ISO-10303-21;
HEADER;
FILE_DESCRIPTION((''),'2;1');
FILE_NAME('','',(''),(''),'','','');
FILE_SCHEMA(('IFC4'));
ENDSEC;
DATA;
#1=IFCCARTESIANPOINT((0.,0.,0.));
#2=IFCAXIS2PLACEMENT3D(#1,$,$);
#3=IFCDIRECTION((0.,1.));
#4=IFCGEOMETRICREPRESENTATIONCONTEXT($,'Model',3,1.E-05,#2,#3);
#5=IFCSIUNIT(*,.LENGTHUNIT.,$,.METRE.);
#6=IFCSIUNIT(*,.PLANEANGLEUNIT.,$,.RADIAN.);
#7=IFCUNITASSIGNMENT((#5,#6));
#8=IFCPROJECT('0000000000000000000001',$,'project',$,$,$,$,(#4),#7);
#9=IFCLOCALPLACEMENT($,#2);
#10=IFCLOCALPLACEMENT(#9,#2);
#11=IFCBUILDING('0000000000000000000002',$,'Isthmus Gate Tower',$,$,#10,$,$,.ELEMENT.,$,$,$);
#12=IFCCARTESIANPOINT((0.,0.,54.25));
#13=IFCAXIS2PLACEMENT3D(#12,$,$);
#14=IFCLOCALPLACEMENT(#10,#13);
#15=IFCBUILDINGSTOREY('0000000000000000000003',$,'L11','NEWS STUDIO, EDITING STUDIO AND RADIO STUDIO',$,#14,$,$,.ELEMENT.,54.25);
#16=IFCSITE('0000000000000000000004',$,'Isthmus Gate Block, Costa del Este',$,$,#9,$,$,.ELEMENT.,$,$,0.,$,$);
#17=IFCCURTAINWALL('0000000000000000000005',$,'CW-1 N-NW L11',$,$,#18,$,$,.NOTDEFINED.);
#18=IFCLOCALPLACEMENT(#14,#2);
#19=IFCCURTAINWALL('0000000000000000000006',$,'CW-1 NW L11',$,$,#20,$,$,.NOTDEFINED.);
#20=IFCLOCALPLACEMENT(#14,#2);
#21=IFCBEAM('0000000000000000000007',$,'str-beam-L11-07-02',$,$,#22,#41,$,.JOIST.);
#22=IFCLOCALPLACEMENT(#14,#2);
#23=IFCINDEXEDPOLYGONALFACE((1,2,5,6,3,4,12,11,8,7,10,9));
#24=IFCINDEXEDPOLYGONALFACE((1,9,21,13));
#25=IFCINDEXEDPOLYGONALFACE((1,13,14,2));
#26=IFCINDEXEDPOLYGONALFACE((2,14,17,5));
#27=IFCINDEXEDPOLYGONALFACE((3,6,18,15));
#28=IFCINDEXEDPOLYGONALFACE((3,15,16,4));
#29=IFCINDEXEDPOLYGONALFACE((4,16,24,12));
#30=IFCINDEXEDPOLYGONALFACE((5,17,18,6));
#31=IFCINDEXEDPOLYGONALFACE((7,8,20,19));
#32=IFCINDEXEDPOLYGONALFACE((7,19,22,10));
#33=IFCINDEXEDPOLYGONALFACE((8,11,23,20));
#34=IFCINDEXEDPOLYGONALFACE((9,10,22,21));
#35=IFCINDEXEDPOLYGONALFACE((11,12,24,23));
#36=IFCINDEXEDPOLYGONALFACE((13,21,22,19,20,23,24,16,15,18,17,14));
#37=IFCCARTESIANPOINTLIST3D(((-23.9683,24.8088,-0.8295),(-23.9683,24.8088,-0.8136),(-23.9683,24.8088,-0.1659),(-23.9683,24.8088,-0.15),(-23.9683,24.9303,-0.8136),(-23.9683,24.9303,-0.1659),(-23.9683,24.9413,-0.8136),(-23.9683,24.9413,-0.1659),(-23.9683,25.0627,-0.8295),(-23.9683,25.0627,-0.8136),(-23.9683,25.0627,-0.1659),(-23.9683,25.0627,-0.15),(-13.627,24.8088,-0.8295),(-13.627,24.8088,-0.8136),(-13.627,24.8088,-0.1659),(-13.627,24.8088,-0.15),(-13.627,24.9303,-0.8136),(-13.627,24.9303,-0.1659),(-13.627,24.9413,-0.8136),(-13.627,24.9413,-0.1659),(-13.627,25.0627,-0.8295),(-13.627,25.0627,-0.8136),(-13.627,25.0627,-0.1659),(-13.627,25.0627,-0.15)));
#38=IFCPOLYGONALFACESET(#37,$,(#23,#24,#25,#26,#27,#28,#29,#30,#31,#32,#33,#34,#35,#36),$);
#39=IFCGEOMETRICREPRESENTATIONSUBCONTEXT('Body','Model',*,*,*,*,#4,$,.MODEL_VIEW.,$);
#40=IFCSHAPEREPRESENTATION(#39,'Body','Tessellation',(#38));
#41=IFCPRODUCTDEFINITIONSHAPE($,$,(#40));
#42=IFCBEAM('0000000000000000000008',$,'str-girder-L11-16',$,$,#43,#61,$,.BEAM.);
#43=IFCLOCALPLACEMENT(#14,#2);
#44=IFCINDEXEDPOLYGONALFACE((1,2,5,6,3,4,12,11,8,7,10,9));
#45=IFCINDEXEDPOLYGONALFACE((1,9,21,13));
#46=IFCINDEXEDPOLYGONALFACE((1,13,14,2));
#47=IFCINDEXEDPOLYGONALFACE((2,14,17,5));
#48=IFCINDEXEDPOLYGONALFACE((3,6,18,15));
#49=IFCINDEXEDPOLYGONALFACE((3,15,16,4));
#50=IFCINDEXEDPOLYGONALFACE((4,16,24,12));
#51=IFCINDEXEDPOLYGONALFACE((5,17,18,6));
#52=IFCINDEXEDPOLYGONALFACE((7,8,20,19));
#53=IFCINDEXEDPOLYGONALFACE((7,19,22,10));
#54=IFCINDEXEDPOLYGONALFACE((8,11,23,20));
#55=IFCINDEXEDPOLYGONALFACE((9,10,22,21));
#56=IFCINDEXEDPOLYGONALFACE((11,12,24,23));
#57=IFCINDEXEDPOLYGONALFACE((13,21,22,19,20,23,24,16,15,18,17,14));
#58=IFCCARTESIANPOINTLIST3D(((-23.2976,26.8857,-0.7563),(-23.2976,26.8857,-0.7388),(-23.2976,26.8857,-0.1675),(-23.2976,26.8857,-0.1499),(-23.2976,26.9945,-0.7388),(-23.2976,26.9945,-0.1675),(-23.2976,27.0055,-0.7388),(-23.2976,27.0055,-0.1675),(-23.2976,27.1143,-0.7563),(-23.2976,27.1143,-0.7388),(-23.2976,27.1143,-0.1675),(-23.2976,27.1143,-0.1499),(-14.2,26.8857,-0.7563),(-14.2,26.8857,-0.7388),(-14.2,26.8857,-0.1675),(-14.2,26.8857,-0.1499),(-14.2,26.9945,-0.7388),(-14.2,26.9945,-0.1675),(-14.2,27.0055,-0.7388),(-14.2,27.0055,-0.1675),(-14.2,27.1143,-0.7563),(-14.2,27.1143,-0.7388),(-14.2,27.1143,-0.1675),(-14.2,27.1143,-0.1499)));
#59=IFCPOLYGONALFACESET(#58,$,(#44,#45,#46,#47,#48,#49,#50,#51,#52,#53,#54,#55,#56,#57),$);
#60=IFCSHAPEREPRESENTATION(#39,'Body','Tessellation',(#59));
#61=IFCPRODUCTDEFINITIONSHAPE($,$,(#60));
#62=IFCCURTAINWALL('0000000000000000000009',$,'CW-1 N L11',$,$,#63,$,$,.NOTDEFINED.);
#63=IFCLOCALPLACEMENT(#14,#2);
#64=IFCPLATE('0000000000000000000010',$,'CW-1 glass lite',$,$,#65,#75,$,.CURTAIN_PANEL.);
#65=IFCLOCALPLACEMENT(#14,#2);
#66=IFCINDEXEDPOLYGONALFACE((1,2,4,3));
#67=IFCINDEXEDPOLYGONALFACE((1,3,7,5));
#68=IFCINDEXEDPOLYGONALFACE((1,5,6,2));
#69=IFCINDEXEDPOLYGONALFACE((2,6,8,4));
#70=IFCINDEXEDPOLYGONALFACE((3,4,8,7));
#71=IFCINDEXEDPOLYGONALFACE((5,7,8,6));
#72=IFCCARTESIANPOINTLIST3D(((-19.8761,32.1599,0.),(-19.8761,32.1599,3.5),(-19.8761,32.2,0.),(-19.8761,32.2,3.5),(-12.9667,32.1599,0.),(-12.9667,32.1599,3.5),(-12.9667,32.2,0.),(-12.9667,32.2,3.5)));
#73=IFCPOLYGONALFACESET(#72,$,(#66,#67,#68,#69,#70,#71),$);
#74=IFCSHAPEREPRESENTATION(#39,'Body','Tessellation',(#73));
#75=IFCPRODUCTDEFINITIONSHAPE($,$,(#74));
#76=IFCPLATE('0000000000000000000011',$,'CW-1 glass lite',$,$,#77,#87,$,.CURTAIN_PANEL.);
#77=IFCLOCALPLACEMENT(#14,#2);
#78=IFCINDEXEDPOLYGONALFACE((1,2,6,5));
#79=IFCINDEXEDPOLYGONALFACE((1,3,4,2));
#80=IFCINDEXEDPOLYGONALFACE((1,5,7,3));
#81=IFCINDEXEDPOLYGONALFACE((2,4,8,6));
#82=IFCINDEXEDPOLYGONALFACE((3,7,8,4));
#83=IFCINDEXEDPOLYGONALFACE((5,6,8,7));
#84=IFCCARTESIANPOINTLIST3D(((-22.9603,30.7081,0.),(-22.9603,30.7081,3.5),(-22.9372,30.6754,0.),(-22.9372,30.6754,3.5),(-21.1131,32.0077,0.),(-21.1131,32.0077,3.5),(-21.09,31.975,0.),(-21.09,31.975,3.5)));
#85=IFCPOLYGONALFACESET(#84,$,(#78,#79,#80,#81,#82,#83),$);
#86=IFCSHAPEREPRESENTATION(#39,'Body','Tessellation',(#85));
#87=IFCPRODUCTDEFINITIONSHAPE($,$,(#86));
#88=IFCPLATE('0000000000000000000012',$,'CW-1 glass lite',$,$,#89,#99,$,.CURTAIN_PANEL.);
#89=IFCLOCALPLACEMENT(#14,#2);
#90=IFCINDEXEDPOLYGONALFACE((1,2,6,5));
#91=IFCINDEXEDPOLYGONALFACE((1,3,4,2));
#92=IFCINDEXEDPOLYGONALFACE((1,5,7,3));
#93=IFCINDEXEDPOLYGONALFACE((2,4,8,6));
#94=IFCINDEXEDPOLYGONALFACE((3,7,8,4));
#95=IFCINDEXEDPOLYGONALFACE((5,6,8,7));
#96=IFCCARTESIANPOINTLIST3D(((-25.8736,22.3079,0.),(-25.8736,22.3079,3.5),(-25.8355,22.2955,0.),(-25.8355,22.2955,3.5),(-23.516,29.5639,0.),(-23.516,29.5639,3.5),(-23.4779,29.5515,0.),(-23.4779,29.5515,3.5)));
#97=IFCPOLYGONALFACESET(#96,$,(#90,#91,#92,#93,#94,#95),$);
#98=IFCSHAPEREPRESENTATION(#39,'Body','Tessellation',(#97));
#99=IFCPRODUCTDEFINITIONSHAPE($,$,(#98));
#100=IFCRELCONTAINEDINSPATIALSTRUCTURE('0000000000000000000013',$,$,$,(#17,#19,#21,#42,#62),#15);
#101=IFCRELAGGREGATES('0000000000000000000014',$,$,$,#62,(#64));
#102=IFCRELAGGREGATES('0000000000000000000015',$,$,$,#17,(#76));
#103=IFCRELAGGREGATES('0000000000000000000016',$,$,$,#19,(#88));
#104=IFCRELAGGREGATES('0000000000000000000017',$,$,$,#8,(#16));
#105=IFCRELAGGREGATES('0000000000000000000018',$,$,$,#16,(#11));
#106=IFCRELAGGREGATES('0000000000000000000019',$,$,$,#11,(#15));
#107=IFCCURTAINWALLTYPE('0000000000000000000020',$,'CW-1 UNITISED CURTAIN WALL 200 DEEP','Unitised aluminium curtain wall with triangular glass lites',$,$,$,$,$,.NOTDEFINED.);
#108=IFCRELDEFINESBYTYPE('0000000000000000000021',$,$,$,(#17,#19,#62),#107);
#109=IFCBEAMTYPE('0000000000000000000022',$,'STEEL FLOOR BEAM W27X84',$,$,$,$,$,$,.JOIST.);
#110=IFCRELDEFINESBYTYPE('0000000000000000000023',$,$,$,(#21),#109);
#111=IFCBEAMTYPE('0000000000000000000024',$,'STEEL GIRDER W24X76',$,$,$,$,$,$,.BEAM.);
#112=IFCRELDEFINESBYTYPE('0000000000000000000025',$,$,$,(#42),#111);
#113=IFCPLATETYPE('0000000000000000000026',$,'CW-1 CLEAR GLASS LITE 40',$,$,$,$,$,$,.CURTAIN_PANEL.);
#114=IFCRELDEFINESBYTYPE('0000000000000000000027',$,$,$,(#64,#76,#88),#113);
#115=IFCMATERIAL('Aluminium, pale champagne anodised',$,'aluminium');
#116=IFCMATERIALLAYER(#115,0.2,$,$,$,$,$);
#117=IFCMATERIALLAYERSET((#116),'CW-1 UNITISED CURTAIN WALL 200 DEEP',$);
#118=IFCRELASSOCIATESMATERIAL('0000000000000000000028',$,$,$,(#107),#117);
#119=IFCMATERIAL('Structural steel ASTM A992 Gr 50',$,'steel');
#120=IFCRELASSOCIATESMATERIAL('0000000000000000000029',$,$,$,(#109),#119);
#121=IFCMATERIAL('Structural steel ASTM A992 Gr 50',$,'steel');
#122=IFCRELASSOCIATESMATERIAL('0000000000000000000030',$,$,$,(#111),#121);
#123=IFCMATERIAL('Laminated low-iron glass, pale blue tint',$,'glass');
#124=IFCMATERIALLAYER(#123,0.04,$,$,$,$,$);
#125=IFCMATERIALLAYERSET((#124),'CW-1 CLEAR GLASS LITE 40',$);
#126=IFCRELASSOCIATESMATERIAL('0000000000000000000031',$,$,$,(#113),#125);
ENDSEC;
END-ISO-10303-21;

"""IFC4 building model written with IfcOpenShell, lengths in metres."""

from ifc_helpers import new_model, si_unit, direction, frame, origin, origin_2d, place, context, subcontext, project, spatial, rectangle, i_section, extrude, material, layer, layer_set, material_profile, profile_set, type_object, element, aggregate, save


model = new_model("IFC4")

# Units and contexts
model_context = context("Model", 3, precision=1e-05, world=origin(), true_north=direction((0.0, 1.0)))
body_context = subcontext(model_context, "Body", "Model", "MODEL_VIEW")
ifc_project = project(units=[si_unit("LENGTHUNIT", "METRE"), si_unit("PLANEANGLEUNIT", "RADIAN")], contexts=[model_context])

# Site, building, storey
site_placement = place(None, origin())
site = spatial("IfcSite", under=ifc_project, at=site_placement, Name="Isthmus Gate Block, Costa del Este", CompositionType="ELEMENT", RefElevation=0.0)
building_placement = place(site_placement, origin())
building = spatial("IfcBuilding", under=site, at=building_placement, Name="Isthmus Gate Tower", CompositionType="ELEMENT")
storey_placement = place(building_placement, frame((0.0, 0.0, 54.25)))
storey = spatial("IfcBuildingStorey", under=building, at=storey_placement, Name="L11", Description="NEWS STUDIO, EDITING STUDIO AND RADIO STUDIO", CompositionType="ELEMENT", Elevation=54.25)

# Curtain walls
ifc_material_1 = material(Name="Aluminium, pale champagne anodised", Category="aluminium")
ifc_layer_1 = layer(ifc_material_1, 0.2)
ifc_layer_set_1 = layer_set([ifc_layer_1], Name="CW-1 UNITISED CURTAIN WALL 200 DEEP")
curtain_wall_type = type_object("IfcCurtainWallType", Name="CW-1 UNITISED CURTAIN WALL 200 DEEP", Description="Unitised aluminium curtain wall with triangular glass lites", PredefinedType="NOTDEFINED", material=ifc_layer_set_1)
curtain_wall_1_placement = place(storey_placement, origin())
curtain_wall_1 = element("IfcCurtainWall", 1, at=curtain_wall_1_placement, inside=storey, type_object=curtain_wall_type, Name="CW-1 N-NW L11", PredefinedType="NOTDEFINED")
curtain_wall_2_placement = place(storey_placement, origin())
curtain_wall_2 = element("IfcCurtainWall", 2, at=curtain_wall_2_placement, inside=storey, type_object=curtain_wall_type, Name="CW-1 NW L11", PredefinedType="NOTDEFINED")

# Beams
ifc_material_2 = material(Name="Structural steel ASTM A992 Gr 50", Category="steel")
ifc_material_profile_1 = material_profile(ifc_material_2, i_section(OverallWidth=0.2539, OverallDepth=0.6794, WebThickness=0.011, FlangeThickness=0.0159, at=origin_2d()), Name="W27X84")
ifc_profile_set_1 = profile_set([ifc_material_profile_1], Name="Structural steel ASTM A992 Gr 50")
beam_type_1 = type_object("IfcBeamType", Name="STEEL FLOOR BEAM W27X84", PredefinedType="JOIST", material=ifc_profile_set_1)
beam_1_placement = place(storey_placement, frame((-23.9683, 24.9358, -0.4897), z_axis=(1.0, 0.0, 0.0), x_axis=(0.0, 1.0, 0.0)))
element("IfcBeam", 3, at=beam_1_placement, inside=storey, type_object=beam_type_1, Name="str-beam-L11-07-02", PredefinedType="JOIST", context=body_context, shape_type="SweptSolid", body=[
    extrude(i_section(OverallWidth=0.2539, OverallDepth=0.6794, WebThickness=0.011, FlangeThickness=0.0159, at=origin_2d()), origin(), (0.0, 0.0, 1.0), 10.3413),
])
ifc_material_3 = material(Name="Structural steel ASTM A992 Gr 50", Category="steel")
ifc_material_profile_2 = material_profile(ifc_material_3, i_section(OverallWidth=0.2285, OverallDepth=0.6064, WebThickness=0.011, FlangeThickness=0.0176, at=origin_2d()), Name="W24X76")
ifc_profile_set_2 = profile_set([ifc_material_profile_2], Name="Structural steel ASTM A992 Gr 50")
beam_type_2 = type_object("IfcBeamType", Name="STEEL GIRDER W24X76", PredefinedType="BEAM", material=ifc_profile_set_2)
beam_2_placement = place(storey_placement, frame((-23.2976, 27.0, -0.4531), z_axis=(1.0, 0.0, 0.0), x_axis=(0.0, 1.0, 0.0)))
element("IfcBeam", 4, at=beam_2_placement, inside=storey, type_object=beam_type_2, Name="str-girder-L11-16", PredefinedType="BEAM", context=body_context, shape_type="SweptSolid", body=[
    extrude(i_section(OverallWidth=0.2285, OverallDepth=0.6064, WebThickness=0.011, FlangeThickness=0.0176, at=origin_2d()), origin(), (0.0, 0.0, 1.0), 9.0977),
])

# Curtain wall, plate
curtain_wall_3_placement = place(storey_placement, origin())
curtain_wall_3 = element("IfcCurtainWall", 5, at=curtain_wall_3_placement, inside=storey, type_object=curtain_wall_type, Name="CW-1 N L11", PredefinedType="NOTDEFINED")
ifc_material_4 = material(Name="Laminated low-iron glass, pale blue tint", Category="glass")
ifc_layer_2 = layer(ifc_material_4, 0.04)
ifc_layer_set_2 = layer_set([ifc_layer_2], Name="CW-1 CLEAR GLASS LITE 40")
plate_type = type_object("IfcPlateType", Name="CW-1 CLEAR GLASS LITE 40", PredefinedType="CURTAIN_PANEL", material=ifc_layer_set_2)
plate_1_placement = place(storey_placement, frame((-16.4214, 32.1799, 0.0), z_axis=(0.0, 0.0, 1.0), x_axis=(-1.0, 0.0, 0.0)))
plate_1 = element("IfcPlate", 6, at=plate_1_placement, type_object=plate_type, Name="CW-1 glass lite", PredefinedType="CURTAIN_PANEL", context=body_context, shape_type="SweptSolid", body=[
    extrude(rectangle(XDim=6.9094, YDim=0.04, at=origin_2d()), origin(), (0.0, 0.0, 1.0), 3.5),
])
aggregate(curtain_wall_3, [plate_1])

# Plates
plate_2_placement = place(storey_placement, frame((-22.0251, 31.3416, 0.0), z_axis=(0.0, 0.0, 1.0), x_axis=(-0.81786, -0.575418, 0.0)))
plate_2 = element("IfcPlate", 7, at=plate_2_placement, type_object=plate_type, Name="CW-1 glass lite", PredefinedType="CURTAIN_PANEL", context=body_context, shape_type="SweptSolid", body=[
    extrude(rectangle(XDim=2.2585, YDim=0.04, at=origin_2d()), origin(), (0.0, 0.0, 1.0), 3.5),
])
aggregate(curtain_wall_1, [plate_2])
plate_3_placement = place(storey_placement, frame((-24.6758, 25.9297, 0.0), z_axis=(0.0, 0.0, 1.0), x_axis=(-0.309017, -0.951057, 0.0)))
plate_3 = element("IfcPlate", 8, at=plate_3_placement, type_object=plate_type, Name="CW-1 glass lite", PredefinedType="CURTAIN_PANEL", context=body_context, shape_type="SweptSolid", body=[
    extrude(rectangle(XDim=7.6294, YDim=0.04, at=origin_2d()), origin(), (0.0, 0.0, 1.0), 3.5),
])
aggregate(curtain_wall_2, [plate_3])

save(model, "model.ifc")
